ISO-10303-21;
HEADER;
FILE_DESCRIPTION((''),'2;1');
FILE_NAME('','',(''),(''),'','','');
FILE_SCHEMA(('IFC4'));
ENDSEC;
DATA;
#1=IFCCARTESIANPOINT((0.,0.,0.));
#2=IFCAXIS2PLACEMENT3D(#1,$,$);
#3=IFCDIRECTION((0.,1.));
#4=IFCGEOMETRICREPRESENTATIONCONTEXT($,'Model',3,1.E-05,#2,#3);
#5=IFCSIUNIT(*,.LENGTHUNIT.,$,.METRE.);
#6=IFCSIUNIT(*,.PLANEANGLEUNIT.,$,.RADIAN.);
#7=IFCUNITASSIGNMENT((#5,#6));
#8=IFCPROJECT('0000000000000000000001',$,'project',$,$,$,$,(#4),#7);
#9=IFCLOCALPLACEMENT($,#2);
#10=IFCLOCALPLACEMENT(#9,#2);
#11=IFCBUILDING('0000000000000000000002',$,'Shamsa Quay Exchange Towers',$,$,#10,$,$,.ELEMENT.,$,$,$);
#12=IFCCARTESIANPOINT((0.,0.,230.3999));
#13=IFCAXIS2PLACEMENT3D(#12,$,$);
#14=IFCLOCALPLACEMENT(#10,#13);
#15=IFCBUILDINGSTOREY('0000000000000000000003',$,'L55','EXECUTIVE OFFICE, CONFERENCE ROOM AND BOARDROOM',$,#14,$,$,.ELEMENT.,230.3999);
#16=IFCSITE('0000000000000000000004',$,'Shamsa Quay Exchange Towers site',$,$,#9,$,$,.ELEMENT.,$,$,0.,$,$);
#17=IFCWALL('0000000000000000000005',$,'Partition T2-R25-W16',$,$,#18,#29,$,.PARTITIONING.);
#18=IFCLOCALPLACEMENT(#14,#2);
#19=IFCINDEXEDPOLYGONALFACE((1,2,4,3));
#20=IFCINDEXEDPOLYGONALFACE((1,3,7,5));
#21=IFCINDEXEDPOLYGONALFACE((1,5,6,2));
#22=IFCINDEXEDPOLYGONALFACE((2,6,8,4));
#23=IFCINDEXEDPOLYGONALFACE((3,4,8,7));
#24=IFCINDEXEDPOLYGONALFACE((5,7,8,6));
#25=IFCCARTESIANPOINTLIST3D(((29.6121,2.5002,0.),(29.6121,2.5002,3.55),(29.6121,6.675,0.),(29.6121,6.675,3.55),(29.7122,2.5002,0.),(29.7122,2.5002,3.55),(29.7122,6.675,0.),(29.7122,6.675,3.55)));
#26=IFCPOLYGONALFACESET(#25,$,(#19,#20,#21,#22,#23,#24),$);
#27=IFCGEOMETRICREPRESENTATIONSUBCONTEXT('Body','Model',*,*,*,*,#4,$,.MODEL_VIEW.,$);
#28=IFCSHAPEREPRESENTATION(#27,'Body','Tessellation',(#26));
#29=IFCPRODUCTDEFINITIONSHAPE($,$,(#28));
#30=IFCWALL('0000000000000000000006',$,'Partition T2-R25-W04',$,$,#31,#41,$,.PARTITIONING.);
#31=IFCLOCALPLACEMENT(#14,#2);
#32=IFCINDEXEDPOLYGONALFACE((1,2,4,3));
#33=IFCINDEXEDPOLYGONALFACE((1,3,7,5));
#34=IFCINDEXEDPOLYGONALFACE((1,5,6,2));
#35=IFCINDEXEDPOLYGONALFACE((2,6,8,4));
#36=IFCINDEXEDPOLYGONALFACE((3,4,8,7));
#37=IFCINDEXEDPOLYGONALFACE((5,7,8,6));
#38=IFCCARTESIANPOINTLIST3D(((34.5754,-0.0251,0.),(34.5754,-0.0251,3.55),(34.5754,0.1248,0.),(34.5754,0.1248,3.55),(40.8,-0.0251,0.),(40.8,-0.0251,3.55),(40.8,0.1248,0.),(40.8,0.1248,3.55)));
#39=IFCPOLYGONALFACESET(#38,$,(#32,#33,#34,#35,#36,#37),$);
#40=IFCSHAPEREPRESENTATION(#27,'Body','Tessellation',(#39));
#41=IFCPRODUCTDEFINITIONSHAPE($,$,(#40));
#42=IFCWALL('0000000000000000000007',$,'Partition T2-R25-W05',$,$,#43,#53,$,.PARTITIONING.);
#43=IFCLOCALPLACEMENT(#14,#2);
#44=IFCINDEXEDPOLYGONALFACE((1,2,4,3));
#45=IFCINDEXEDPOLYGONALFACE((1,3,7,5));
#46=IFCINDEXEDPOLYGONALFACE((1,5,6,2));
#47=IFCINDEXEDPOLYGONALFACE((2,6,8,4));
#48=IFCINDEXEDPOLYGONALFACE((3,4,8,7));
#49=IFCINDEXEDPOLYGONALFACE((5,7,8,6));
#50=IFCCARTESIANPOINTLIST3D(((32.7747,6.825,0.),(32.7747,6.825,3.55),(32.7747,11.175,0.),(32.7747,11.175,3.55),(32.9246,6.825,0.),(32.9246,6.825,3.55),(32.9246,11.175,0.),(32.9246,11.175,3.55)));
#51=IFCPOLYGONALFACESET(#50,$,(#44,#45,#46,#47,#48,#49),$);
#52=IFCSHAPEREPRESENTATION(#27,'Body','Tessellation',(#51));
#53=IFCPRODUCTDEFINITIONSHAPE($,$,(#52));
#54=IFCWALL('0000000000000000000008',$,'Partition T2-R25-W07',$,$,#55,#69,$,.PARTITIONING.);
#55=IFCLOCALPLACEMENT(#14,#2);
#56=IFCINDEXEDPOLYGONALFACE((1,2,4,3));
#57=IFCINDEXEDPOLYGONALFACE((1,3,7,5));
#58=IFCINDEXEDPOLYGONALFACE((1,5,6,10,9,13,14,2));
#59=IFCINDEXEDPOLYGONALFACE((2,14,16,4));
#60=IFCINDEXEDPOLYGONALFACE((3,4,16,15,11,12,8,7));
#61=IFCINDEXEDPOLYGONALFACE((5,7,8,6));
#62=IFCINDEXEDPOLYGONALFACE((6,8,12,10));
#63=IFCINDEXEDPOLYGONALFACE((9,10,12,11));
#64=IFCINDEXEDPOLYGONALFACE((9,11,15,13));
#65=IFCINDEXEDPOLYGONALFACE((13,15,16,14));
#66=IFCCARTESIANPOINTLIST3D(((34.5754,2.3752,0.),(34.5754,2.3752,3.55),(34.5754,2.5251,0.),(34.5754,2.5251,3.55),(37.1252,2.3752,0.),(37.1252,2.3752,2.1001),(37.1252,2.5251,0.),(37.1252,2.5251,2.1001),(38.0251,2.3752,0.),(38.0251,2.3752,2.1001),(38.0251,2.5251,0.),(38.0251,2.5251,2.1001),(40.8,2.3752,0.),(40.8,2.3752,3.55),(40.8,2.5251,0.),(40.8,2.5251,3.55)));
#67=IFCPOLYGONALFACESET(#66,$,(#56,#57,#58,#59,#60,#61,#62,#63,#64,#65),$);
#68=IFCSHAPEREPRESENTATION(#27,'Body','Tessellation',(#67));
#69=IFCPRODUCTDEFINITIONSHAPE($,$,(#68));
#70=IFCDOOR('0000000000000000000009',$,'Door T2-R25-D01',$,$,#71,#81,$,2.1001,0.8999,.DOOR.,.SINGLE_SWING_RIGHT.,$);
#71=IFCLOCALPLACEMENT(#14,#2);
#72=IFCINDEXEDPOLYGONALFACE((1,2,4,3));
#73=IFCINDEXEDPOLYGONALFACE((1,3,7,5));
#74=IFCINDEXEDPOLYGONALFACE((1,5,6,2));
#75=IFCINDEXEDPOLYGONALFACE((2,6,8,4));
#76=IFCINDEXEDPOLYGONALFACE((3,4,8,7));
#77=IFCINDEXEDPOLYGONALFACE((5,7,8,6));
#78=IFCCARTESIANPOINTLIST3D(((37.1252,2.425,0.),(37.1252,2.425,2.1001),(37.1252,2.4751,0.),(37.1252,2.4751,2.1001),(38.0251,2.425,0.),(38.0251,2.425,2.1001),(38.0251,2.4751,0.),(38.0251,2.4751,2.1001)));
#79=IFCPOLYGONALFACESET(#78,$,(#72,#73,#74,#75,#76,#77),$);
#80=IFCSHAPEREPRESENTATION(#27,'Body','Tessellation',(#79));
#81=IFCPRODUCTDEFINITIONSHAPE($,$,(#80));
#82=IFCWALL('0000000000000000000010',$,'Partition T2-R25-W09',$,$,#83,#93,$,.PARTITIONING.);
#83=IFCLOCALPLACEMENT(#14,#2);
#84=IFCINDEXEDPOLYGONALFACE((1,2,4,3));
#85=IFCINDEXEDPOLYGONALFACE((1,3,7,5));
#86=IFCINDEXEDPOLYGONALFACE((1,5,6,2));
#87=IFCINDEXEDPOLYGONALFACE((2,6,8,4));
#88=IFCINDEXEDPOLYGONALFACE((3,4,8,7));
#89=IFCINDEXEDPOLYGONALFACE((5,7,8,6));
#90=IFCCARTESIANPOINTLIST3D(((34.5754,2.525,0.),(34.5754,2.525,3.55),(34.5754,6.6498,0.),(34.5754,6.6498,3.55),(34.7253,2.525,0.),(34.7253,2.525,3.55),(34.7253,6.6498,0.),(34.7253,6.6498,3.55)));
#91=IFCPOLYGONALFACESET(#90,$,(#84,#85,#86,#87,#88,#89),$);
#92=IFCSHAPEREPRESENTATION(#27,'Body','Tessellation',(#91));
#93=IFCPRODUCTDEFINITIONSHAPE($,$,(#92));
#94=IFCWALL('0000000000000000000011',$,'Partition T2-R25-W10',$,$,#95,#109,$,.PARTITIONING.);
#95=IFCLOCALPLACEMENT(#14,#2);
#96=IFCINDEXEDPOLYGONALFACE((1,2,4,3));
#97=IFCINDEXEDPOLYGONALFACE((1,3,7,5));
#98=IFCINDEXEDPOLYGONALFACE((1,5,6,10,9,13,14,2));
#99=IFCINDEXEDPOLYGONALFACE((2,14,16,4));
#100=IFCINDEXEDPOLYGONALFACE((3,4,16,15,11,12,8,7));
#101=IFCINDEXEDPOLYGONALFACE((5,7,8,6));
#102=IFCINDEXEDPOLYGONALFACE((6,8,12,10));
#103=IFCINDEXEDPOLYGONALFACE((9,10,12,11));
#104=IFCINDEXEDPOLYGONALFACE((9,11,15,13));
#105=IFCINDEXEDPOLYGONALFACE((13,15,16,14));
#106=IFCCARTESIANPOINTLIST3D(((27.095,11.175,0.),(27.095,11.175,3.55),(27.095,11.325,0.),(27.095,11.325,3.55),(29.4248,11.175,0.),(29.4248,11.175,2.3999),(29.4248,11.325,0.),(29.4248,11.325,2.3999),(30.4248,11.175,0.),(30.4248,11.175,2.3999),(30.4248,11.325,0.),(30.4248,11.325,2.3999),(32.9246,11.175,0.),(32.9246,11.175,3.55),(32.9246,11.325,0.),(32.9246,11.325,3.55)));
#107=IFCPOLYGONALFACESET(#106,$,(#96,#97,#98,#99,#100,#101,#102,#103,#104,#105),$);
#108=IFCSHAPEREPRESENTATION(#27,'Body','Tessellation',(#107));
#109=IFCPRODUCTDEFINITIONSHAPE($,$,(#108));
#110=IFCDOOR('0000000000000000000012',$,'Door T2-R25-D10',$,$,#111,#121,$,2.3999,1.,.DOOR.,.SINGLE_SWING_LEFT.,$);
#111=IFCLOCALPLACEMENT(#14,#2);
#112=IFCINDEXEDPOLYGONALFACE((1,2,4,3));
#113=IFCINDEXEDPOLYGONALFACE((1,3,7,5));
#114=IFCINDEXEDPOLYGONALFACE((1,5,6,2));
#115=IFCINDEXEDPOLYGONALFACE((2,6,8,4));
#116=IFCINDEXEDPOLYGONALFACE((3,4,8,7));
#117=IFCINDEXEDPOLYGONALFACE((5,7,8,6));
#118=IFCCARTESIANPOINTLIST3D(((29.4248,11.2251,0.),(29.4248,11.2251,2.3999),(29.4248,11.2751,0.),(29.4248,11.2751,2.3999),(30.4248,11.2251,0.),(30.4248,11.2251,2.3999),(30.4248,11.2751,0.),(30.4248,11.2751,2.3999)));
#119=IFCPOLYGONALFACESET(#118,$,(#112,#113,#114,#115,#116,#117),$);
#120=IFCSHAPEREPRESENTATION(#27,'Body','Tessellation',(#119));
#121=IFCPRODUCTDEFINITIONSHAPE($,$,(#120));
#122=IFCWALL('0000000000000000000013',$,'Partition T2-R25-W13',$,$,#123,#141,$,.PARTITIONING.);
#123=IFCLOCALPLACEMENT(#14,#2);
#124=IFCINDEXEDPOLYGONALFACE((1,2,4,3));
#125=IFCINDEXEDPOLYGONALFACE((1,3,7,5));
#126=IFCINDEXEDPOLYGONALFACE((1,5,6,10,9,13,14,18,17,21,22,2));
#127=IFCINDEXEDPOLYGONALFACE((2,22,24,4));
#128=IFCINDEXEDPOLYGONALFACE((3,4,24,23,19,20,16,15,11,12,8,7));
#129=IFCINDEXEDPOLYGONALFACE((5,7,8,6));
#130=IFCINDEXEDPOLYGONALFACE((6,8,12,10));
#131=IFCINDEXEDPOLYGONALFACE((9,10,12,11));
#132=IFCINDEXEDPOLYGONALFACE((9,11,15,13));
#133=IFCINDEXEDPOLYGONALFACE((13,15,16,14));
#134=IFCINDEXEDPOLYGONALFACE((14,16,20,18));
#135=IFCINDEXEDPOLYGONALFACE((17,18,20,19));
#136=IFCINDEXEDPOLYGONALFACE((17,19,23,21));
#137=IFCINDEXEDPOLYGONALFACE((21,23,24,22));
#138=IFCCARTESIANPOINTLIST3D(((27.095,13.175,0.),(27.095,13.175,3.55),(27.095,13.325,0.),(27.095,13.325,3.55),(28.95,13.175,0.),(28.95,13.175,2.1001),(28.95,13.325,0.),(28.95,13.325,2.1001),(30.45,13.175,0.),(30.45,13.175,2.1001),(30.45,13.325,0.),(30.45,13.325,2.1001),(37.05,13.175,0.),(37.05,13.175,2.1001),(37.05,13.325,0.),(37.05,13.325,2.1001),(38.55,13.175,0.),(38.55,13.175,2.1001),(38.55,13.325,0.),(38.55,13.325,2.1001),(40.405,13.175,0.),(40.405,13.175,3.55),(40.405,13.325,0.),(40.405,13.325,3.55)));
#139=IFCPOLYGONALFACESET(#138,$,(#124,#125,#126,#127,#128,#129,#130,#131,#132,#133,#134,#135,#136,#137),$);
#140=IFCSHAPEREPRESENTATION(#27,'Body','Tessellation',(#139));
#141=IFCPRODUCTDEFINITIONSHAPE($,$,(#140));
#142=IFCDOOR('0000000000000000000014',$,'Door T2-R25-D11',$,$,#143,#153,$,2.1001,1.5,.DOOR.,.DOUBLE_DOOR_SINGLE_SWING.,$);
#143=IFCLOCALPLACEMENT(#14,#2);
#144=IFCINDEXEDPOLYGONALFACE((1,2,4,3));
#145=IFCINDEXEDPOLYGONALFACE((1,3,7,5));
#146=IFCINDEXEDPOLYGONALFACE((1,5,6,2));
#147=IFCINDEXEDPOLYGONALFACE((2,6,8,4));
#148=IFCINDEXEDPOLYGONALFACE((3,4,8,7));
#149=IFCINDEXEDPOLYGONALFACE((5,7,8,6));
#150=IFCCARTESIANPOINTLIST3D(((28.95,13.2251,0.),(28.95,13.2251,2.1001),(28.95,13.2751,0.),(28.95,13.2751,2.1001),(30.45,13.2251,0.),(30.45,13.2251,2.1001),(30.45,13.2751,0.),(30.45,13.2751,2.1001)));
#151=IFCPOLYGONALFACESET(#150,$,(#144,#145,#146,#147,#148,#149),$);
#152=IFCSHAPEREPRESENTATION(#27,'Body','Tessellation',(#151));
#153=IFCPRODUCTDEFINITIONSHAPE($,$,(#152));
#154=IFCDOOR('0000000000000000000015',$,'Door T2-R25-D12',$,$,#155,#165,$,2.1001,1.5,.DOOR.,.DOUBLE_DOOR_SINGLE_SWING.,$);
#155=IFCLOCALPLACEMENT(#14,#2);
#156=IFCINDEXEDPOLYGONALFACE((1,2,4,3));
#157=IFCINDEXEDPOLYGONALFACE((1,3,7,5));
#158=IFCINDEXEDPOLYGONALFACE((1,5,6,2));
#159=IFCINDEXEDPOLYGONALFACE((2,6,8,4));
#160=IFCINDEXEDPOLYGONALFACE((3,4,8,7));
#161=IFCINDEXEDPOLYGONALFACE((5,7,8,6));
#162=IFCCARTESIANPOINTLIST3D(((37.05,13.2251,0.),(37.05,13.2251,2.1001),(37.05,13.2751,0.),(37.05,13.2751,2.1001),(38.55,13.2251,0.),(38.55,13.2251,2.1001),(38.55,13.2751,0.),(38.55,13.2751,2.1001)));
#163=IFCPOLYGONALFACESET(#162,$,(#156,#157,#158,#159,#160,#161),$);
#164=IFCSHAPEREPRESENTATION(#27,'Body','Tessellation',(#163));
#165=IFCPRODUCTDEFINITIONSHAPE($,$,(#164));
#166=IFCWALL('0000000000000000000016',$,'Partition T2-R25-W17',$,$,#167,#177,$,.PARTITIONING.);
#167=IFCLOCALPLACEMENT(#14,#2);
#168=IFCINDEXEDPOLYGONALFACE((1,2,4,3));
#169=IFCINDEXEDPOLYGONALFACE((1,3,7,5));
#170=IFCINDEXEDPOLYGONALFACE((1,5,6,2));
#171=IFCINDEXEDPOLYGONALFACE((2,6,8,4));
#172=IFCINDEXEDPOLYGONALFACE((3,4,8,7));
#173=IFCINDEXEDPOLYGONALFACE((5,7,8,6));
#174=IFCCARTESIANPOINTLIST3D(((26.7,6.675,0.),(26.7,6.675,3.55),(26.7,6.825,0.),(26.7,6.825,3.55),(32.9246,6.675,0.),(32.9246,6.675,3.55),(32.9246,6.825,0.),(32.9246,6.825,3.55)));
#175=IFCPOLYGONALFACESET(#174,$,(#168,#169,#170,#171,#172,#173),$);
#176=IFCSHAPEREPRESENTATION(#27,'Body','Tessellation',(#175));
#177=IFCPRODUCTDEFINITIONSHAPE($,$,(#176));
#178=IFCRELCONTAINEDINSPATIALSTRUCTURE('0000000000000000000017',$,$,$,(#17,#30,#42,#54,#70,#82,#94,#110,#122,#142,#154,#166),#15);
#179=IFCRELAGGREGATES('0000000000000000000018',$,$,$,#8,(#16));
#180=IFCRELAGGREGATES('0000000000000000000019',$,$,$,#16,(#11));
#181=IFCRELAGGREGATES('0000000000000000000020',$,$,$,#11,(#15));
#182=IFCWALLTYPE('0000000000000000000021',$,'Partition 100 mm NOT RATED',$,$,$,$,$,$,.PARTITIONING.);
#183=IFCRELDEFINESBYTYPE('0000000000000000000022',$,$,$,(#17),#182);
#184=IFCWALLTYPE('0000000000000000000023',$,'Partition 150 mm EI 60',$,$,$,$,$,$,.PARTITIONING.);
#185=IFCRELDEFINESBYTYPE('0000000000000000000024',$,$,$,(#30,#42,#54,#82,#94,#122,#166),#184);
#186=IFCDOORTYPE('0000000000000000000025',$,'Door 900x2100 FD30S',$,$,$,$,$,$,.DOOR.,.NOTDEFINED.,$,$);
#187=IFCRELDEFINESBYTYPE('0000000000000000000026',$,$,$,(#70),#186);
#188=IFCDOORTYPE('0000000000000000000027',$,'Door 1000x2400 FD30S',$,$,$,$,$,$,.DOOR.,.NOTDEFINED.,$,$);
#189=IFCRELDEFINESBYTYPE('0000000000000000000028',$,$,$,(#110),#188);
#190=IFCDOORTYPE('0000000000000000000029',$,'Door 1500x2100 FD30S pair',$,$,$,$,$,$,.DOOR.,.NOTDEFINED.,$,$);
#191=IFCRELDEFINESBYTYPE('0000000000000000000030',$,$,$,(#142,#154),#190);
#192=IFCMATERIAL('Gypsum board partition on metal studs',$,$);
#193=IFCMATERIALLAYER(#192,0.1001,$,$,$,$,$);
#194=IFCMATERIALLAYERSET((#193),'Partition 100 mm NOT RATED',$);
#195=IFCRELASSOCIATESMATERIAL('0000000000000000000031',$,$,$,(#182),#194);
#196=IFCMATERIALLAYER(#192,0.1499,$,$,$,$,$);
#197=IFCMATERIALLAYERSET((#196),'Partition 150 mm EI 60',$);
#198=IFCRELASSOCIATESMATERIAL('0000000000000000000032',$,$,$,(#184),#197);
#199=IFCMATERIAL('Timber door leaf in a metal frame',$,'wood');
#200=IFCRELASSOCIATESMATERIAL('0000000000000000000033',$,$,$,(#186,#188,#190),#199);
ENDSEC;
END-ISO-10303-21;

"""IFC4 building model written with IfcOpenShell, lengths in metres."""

from ifc_helpers import new_model, si_unit, direction, frame, frame_2d, origin, place, context, subcontext, project, spatial, rectangle, extrude, material, layer, layer_set, type_object, element, fill, save


model = new_model("IFC4")

# Units and contexts
model_context = context("Model", 3, precision=1e-05, world=origin(), true_north=direction((0.0, 1.0)))
body_context = subcontext(model_context, "Body", "Model", "MODEL_VIEW")
ifc_project = project(units=[si_unit("LENGTHUNIT", "METRE"), si_unit("PLANEANGLEUNIT", "RADIAN")], contexts=[model_context])

# Site, building, storey
site_placement = place(None, origin())
site = spatial("IfcSite", under=ifc_project, at=site_placement, Name="Shamsa Quay Exchange Towers site", CompositionType="ELEMENT", RefElevation=0.0)
building_placement = place(site_placement, origin())
building = spatial("IfcBuilding", under=site, at=building_placement, Name="Shamsa Quay Exchange Towers", CompositionType="ELEMENT")
storey_placement = place(building_placement, frame((0.0, 0.0, 230.3999)))
storey = spatial("IfcBuildingStorey", under=building, at=storey_placement, Name="L55", Description="EXECUTIVE OFFICE, CONFERENCE ROOM AND BOARDROOM", CompositionType="ELEMENT", Elevation=230.3999)

# Shared definitions
ifc_material_1 = material(Name="Timber door leaf in a metal frame", Category="wood")

# Walls
ifc_material_2 = material(Name="Gypsum board partition on metal studs")
ifc_layer_1 = layer(ifc_material_2, 0.1001)
ifc_layer_set_1 = layer_set([ifc_layer_1], Name="Partition 100 mm NOT RATED")
wall_type_1 = type_object("IfcWallType", Name="Partition 100 mm NOT RATED", PredefinedType="PARTITIONING", material=ifc_layer_set_1)
for number, where, z_axis, x_axis, name in (
    (1, (29.6621, 6.675, 0.0), (0.0, 0.0, 1.0), (0.0, -1.0, 0.0), "Partition T2-R25-W16"),
):
    element("IfcWall", number, at=place(storey_placement, frame(where, z_axis=z_axis, x_axis=x_axis)), inside=storey, type_object=wall_type_1, Name=name, PredefinedType="PARTITIONING", context=body_context, shape_type="SweptSolid", body=[
        extrude(rectangle(XDim=4.1748, YDim=0.1001, at=frame_2d((2.0874, 0.0))), origin(), (0.0, 0.0, 1.0), 3.55),
    ])
ifc_layer_2 = layer(ifc_material_2, 0.1499)
ifc_layer_set_2 = layer_set([ifc_layer_2], Name="Partition 150 mm EI 60")
wall_type_2 = type_object("IfcWallType", Name="Partition 150 mm EI 60", PredefinedType="PARTITIONING", material=ifc_layer_set_2)
wall_1_placement = place(storey_placement, frame((40.8, 0.0498, 0.0), z_axis=(0.0, 0.0, 1.0), x_axis=(-1.0, 0.0, 0.0)))
element("IfcWall", 2, at=wall_1_placement, inside=storey, type_object=wall_type_2, Name="Partition T2-R25-W04", PredefinedType="PARTITIONING", context=body_context, shape_type="SweptSolid", body=[
    extrude(rectangle(XDim=6.2246, YDim=0.1499, at=frame_2d((3.1123, 0.0))), origin(), (0.0, 0.0, 1.0), 3.55),
])
wall_2_placement = place(storey_placement, frame((32.8496, 6.825, 0.0), z_axis=(0.0, 0.0, 1.0), x_axis=(0.0, 1.0, 0.0)))
element("IfcWall", 3, at=wall_2_placement, inside=storey, type_object=wall_type_2, Name="Partition T2-R25-W05", PredefinedType="PARTITIONING", context=body_context, shape_type="SweptSolid", body=[
    extrude(rectangle(XDim=4.3501, YDim=0.1499, at=frame_2d((2.175, 0.0))), origin(), (0.0, 0.0, 1.0), 3.55),
])

# Wall, opening, door
wall_3_placement = place(storey_placement, frame((34.5754, 2.4502, 0.0)))
wall_3 = element("IfcWall", 4, at=wall_3_placement, inside=storey, type_object=wall_type_2, Name="Partition T2-R25-W07", PredefinedType="PARTITIONING", context=body_context, shape_type="SweptSolid", body=[
    extrude(rectangle(XDim=6.2246, YDim=0.1499, at=frame_2d((3.1123, 0.0))), origin(), (0.0, 0.0, 1.0), 3.55),
])
opening_1_placement = place(wall_3_placement, frame((2.5498, 0.0, 0.0)))
opening_1 = element("IfcOpeningElement", 5, at=opening_1_placement, cuts=wall_3, PredefinedType="OPENING", context=body_context, shape_type="SweptSolid", body=[
    extrude(rectangle(XDim=0.8999, YDim=2.1001, at=frame_2d((0.45, 1.05))), frame((0.0, 0.085, 0.0), z_axis=(0.0, -1.0, 0.0), x_axis=(1.0, 0.0, 0.0)), (0.0, 0.0, 1.0), 0.1699),
])
door_type_1 = type_object("IfcDoorType", Name="Door 900x2100 FD30S", OperationType="NOTDEFINED", PredefinedType="DOOR", material=ifc_material_1)
door_1_placement = place(opening_1_placement, origin())
door_1 = element("IfcDoor", 6, at=door_1_placement, inside=storey, type_object=door_type_1, Name="Door T2-R25-D01", OperationType="SINGLE_SWING_RIGHT", OverallHeight=2.1001, OverallWidth=0.8999, PredefinedType="DOOR", context=body_context, shape_type="SweptSolid", body=[
    extrude(rectangle(XDim=0.8999, YDim=2.1001, at=frame_2d((0.45, 1.05))), frame((0.0, 0.0249, 0.0), z_axis=(0.0, -1.0, 0.0), x_axis=(1.0, 0.0, 0.0)), (0.0, 0.0, 1.0), 0.05),
])
fill(opening_1, door_1)

# Wall
wall_4_placement = place(storey_placement, frame((34.6504, 6.6499, 0.0), z_axis=(0.0, 0.0, 1.0), x_axis=(0.0, -1.0, 0.0)))
element("IfcWall", 7, at=wall_4_placement, inside=storey, type_object=wall_type_2, Name="Partition T2-R25-W09", PredefinedType="PARTITIONING", context=body_context, shape_type="SweptSolid", body=[
    extrude(rectangle(XDim=4.1248, YDim=0.1499, at=frame_2d((2.0625, 0.0))), origin(), (0.0, 0.0, 1.0), 3.55),
])

# Wall, opening, door
wall_5_placement = place(storey_placement, frame((32.9246, 11.25, 0.0), z_axis=(0.0, 0.0, 1.0), x_axis=(-1.0, 0.0, 0.0)))
wall_5 = element("IfcWall", 8, at=wall_5_placement, inside=storey, type_object=wall_type_2, Name="Partition T2-R25-W10", PredefinedType="PARTITIONING", context=body_context, shape_type="SweptSolid", body=[
    extrude(rectangle(XDim=5.8296, YDim=0.1499, at=frame_2d((2.9148, 0.0))), origin(), (0.0, 0.0, 1.0), 3.55),
])
opening_2_placement = place(wall_5_placement, frame((2.4998, 0.0, 0.0)))
opening_2 = element("IfcOpeningElement", 9, at=opening_2_placement, cuts=wall_5, PredefinedType="OPENING", context=body_context, shape_type="SweptSolid", body=[
    extrude(rectangle(XDim=1.0, YDim=2.3999, at=frame_2d((0.5, 1.2))), frame((0.0, 0.085, 0.0), z_axis=(0.0, -1.0, 0.0), x_axis=(1.0, 0.0, 0.0)), (0.0, 0.0, 1.0), 0.1699),
])
door_type_2 = type_object("IfcDoorType", Name="Door 1000x2400 FD30S", OperationType="NOTDEFINED", PredefinedType="DOOR", material=ifc_material_1)
door_2_placement = place(opening_2_placement, origin())
door_2 = element("IfcDoor", 10, at=door_2_placement, inside=storey, type_object=door_type_2, Name="Door T2-R25-D10", OperationType="SINGLE_SWING_LEFT", OverallHeight=2.3999, OverallWidth=1.0, PredefinedType="DOOR", context=body_context, shape_type="SweptSolid", body=[
    extrude(rectangle(XDim=1.0, YDim=2.3999, at=frame_2d((0.5, 1.2))), frame((0.0, 0.0249, 0.0), z_axis=(0.0, -1.0, 0.0), x_axis=(1.0, 0.0, 0.0)), (0.0, 0.0, 1.0), 0.05),
])
fill(opening_2, door_2)

# Wall, openings, doors
wall_6_placement = place(storey_placement, frame((40.405, 13.25, 0.0), z_axis=(0.0, 0.0, 1.0), x_axis=(-1.0, 0.0, 0.0)))
wall_6 = element("IfcWall", 11, at=wall_6_placement, inside=storey, type_object=wall_type_2, Name="Partition T2-R25-W13", PredefinedType="PARTITIONING", context=body_context, shape_type="SweptSolid", body=[
    extrude(rectangle(XDim=13.3101, YDim=0.1499, at=frame_2d((6.655, 0.0))), origin(), (0.0, 0.0, 1.0), 3.55),
])
opening_3_placement = place(wall_6_placement, frame((9.9551, 0.0, 0.0)))
opening_3 = element("IfcOpeningElement", 12, at=opening_3_placement, cuts=wall_6, PredefinedType="OPENING", context=body_context, shape_type="SweptSolid", body=[
    extrude(rectangle(XDim=1.5, YDim=2.1001, at=frame_2d((0.75, 1.05))), frame((0.0, 0.085, 0.0), z_axis=(0.0, -1.0, 0.0), x_axis=(1.0, 0.0, 0.0)), (0.0, 0.0, 1.0), 0.1699),
])
opening_4_placement = place(wall_6_placement, frame((1.855, 0.0, 0.0)))
opening_4 = element("IfcOpeningElement", 13, at=opening_4_placement, cuts=wall_6, PredefinedType="OPENING", context=body_context, shape_type="SweptSolid", body=[
    extrude(rectangle(XDim=1.5, YDim=2.1001, at=frame_2d((0.75, 1.05))), frame((0.0, 0.085, 0.0), z_axis=(0.0, -1.0, 0.0), x_axis=(1.0, 0.0, 0.0)), (0.0, 0.0, 1.0), 0.1699),
])
door_type_3 = type_object("IfcDoorType", Name="Door 1500x2100 FD30S pair", OperationType="NOTDEFINED", PredefinedType="DOOR", material=ifc_material_1)
door_3_placement = place(opening_3_placement, origin())
door_3 = element("IfcDoor", 14, at=door_3_placement, inside=storey, type_object=door_type_3, Name="Door T2-R25-D11", OperationType="DOUBLE_DOOR_SINGLE_SWING", OverallHeight=2.1001, OverallWidth=1.5, PredefinedType="DOOR", context=body_context, shape_type="SweptSolid", body=[
    extrude(rectangle(XDim=1.5, YDim=2.1001, at=frame_2d((0.75, 1.05))), frame((0.0, 0.0249, 0.0), z_axis=(0.0, -1.0, 0.0), x_axis=(1.0, 0.0, 0.0)), (0.0, 0.0, 1.0), 0.05),
])
fill(opening_3, door_3)
door_4_placement = place(opening_4_placement, origin())
door_4 = element("IfcDoor", 15, at=door_4_placement, inside=storey, type_object=door_type_3, Name="Door T2-R25-D12", OperationType="DOUBLE_DOOR_SINGLE_SWING", OverallHeight=2.1001, OverallWidth=1.5, PredefinedType="DOOR", context=body_context, shape_type="SweptSolid", body=[
    extrude(rectangle(XDim=1.5, YDim=2.1001, at=frame_2d((0.75, 1.05))), frame((0.0, 0.0249, 0.0), z_axis=(0.0, -1.0, 0.0), x_axis=(1.0, 0.0, 0.0)), (0.0, 0.0, 1.0), 0.05),
])
fill(opening_4, door_4)

# Wall
wall_7_placement = place(storey_placement, frame((32.9246, 6.75, 0.0), z_axis=(0.0, 0.0, 1.0), x_axis=(-1.0, 0.0, 0.0)))
element("IfcWall", 16, at=wall_7_placement, inside=storey, type_object=wall_type_2, Name="Partition T2-R25-W17", PredefinedType="PARTITIONING", context=body_context, shape_type="SweptSolid", body=[
    extrude(rectangle(XDim=6.2246, YDim=0.1499, at=frame_2d((3.1123, 0.0))), origin(), (0.0, 0.0, 1.0), 3.55),
])

save(model, "model.ifc")
